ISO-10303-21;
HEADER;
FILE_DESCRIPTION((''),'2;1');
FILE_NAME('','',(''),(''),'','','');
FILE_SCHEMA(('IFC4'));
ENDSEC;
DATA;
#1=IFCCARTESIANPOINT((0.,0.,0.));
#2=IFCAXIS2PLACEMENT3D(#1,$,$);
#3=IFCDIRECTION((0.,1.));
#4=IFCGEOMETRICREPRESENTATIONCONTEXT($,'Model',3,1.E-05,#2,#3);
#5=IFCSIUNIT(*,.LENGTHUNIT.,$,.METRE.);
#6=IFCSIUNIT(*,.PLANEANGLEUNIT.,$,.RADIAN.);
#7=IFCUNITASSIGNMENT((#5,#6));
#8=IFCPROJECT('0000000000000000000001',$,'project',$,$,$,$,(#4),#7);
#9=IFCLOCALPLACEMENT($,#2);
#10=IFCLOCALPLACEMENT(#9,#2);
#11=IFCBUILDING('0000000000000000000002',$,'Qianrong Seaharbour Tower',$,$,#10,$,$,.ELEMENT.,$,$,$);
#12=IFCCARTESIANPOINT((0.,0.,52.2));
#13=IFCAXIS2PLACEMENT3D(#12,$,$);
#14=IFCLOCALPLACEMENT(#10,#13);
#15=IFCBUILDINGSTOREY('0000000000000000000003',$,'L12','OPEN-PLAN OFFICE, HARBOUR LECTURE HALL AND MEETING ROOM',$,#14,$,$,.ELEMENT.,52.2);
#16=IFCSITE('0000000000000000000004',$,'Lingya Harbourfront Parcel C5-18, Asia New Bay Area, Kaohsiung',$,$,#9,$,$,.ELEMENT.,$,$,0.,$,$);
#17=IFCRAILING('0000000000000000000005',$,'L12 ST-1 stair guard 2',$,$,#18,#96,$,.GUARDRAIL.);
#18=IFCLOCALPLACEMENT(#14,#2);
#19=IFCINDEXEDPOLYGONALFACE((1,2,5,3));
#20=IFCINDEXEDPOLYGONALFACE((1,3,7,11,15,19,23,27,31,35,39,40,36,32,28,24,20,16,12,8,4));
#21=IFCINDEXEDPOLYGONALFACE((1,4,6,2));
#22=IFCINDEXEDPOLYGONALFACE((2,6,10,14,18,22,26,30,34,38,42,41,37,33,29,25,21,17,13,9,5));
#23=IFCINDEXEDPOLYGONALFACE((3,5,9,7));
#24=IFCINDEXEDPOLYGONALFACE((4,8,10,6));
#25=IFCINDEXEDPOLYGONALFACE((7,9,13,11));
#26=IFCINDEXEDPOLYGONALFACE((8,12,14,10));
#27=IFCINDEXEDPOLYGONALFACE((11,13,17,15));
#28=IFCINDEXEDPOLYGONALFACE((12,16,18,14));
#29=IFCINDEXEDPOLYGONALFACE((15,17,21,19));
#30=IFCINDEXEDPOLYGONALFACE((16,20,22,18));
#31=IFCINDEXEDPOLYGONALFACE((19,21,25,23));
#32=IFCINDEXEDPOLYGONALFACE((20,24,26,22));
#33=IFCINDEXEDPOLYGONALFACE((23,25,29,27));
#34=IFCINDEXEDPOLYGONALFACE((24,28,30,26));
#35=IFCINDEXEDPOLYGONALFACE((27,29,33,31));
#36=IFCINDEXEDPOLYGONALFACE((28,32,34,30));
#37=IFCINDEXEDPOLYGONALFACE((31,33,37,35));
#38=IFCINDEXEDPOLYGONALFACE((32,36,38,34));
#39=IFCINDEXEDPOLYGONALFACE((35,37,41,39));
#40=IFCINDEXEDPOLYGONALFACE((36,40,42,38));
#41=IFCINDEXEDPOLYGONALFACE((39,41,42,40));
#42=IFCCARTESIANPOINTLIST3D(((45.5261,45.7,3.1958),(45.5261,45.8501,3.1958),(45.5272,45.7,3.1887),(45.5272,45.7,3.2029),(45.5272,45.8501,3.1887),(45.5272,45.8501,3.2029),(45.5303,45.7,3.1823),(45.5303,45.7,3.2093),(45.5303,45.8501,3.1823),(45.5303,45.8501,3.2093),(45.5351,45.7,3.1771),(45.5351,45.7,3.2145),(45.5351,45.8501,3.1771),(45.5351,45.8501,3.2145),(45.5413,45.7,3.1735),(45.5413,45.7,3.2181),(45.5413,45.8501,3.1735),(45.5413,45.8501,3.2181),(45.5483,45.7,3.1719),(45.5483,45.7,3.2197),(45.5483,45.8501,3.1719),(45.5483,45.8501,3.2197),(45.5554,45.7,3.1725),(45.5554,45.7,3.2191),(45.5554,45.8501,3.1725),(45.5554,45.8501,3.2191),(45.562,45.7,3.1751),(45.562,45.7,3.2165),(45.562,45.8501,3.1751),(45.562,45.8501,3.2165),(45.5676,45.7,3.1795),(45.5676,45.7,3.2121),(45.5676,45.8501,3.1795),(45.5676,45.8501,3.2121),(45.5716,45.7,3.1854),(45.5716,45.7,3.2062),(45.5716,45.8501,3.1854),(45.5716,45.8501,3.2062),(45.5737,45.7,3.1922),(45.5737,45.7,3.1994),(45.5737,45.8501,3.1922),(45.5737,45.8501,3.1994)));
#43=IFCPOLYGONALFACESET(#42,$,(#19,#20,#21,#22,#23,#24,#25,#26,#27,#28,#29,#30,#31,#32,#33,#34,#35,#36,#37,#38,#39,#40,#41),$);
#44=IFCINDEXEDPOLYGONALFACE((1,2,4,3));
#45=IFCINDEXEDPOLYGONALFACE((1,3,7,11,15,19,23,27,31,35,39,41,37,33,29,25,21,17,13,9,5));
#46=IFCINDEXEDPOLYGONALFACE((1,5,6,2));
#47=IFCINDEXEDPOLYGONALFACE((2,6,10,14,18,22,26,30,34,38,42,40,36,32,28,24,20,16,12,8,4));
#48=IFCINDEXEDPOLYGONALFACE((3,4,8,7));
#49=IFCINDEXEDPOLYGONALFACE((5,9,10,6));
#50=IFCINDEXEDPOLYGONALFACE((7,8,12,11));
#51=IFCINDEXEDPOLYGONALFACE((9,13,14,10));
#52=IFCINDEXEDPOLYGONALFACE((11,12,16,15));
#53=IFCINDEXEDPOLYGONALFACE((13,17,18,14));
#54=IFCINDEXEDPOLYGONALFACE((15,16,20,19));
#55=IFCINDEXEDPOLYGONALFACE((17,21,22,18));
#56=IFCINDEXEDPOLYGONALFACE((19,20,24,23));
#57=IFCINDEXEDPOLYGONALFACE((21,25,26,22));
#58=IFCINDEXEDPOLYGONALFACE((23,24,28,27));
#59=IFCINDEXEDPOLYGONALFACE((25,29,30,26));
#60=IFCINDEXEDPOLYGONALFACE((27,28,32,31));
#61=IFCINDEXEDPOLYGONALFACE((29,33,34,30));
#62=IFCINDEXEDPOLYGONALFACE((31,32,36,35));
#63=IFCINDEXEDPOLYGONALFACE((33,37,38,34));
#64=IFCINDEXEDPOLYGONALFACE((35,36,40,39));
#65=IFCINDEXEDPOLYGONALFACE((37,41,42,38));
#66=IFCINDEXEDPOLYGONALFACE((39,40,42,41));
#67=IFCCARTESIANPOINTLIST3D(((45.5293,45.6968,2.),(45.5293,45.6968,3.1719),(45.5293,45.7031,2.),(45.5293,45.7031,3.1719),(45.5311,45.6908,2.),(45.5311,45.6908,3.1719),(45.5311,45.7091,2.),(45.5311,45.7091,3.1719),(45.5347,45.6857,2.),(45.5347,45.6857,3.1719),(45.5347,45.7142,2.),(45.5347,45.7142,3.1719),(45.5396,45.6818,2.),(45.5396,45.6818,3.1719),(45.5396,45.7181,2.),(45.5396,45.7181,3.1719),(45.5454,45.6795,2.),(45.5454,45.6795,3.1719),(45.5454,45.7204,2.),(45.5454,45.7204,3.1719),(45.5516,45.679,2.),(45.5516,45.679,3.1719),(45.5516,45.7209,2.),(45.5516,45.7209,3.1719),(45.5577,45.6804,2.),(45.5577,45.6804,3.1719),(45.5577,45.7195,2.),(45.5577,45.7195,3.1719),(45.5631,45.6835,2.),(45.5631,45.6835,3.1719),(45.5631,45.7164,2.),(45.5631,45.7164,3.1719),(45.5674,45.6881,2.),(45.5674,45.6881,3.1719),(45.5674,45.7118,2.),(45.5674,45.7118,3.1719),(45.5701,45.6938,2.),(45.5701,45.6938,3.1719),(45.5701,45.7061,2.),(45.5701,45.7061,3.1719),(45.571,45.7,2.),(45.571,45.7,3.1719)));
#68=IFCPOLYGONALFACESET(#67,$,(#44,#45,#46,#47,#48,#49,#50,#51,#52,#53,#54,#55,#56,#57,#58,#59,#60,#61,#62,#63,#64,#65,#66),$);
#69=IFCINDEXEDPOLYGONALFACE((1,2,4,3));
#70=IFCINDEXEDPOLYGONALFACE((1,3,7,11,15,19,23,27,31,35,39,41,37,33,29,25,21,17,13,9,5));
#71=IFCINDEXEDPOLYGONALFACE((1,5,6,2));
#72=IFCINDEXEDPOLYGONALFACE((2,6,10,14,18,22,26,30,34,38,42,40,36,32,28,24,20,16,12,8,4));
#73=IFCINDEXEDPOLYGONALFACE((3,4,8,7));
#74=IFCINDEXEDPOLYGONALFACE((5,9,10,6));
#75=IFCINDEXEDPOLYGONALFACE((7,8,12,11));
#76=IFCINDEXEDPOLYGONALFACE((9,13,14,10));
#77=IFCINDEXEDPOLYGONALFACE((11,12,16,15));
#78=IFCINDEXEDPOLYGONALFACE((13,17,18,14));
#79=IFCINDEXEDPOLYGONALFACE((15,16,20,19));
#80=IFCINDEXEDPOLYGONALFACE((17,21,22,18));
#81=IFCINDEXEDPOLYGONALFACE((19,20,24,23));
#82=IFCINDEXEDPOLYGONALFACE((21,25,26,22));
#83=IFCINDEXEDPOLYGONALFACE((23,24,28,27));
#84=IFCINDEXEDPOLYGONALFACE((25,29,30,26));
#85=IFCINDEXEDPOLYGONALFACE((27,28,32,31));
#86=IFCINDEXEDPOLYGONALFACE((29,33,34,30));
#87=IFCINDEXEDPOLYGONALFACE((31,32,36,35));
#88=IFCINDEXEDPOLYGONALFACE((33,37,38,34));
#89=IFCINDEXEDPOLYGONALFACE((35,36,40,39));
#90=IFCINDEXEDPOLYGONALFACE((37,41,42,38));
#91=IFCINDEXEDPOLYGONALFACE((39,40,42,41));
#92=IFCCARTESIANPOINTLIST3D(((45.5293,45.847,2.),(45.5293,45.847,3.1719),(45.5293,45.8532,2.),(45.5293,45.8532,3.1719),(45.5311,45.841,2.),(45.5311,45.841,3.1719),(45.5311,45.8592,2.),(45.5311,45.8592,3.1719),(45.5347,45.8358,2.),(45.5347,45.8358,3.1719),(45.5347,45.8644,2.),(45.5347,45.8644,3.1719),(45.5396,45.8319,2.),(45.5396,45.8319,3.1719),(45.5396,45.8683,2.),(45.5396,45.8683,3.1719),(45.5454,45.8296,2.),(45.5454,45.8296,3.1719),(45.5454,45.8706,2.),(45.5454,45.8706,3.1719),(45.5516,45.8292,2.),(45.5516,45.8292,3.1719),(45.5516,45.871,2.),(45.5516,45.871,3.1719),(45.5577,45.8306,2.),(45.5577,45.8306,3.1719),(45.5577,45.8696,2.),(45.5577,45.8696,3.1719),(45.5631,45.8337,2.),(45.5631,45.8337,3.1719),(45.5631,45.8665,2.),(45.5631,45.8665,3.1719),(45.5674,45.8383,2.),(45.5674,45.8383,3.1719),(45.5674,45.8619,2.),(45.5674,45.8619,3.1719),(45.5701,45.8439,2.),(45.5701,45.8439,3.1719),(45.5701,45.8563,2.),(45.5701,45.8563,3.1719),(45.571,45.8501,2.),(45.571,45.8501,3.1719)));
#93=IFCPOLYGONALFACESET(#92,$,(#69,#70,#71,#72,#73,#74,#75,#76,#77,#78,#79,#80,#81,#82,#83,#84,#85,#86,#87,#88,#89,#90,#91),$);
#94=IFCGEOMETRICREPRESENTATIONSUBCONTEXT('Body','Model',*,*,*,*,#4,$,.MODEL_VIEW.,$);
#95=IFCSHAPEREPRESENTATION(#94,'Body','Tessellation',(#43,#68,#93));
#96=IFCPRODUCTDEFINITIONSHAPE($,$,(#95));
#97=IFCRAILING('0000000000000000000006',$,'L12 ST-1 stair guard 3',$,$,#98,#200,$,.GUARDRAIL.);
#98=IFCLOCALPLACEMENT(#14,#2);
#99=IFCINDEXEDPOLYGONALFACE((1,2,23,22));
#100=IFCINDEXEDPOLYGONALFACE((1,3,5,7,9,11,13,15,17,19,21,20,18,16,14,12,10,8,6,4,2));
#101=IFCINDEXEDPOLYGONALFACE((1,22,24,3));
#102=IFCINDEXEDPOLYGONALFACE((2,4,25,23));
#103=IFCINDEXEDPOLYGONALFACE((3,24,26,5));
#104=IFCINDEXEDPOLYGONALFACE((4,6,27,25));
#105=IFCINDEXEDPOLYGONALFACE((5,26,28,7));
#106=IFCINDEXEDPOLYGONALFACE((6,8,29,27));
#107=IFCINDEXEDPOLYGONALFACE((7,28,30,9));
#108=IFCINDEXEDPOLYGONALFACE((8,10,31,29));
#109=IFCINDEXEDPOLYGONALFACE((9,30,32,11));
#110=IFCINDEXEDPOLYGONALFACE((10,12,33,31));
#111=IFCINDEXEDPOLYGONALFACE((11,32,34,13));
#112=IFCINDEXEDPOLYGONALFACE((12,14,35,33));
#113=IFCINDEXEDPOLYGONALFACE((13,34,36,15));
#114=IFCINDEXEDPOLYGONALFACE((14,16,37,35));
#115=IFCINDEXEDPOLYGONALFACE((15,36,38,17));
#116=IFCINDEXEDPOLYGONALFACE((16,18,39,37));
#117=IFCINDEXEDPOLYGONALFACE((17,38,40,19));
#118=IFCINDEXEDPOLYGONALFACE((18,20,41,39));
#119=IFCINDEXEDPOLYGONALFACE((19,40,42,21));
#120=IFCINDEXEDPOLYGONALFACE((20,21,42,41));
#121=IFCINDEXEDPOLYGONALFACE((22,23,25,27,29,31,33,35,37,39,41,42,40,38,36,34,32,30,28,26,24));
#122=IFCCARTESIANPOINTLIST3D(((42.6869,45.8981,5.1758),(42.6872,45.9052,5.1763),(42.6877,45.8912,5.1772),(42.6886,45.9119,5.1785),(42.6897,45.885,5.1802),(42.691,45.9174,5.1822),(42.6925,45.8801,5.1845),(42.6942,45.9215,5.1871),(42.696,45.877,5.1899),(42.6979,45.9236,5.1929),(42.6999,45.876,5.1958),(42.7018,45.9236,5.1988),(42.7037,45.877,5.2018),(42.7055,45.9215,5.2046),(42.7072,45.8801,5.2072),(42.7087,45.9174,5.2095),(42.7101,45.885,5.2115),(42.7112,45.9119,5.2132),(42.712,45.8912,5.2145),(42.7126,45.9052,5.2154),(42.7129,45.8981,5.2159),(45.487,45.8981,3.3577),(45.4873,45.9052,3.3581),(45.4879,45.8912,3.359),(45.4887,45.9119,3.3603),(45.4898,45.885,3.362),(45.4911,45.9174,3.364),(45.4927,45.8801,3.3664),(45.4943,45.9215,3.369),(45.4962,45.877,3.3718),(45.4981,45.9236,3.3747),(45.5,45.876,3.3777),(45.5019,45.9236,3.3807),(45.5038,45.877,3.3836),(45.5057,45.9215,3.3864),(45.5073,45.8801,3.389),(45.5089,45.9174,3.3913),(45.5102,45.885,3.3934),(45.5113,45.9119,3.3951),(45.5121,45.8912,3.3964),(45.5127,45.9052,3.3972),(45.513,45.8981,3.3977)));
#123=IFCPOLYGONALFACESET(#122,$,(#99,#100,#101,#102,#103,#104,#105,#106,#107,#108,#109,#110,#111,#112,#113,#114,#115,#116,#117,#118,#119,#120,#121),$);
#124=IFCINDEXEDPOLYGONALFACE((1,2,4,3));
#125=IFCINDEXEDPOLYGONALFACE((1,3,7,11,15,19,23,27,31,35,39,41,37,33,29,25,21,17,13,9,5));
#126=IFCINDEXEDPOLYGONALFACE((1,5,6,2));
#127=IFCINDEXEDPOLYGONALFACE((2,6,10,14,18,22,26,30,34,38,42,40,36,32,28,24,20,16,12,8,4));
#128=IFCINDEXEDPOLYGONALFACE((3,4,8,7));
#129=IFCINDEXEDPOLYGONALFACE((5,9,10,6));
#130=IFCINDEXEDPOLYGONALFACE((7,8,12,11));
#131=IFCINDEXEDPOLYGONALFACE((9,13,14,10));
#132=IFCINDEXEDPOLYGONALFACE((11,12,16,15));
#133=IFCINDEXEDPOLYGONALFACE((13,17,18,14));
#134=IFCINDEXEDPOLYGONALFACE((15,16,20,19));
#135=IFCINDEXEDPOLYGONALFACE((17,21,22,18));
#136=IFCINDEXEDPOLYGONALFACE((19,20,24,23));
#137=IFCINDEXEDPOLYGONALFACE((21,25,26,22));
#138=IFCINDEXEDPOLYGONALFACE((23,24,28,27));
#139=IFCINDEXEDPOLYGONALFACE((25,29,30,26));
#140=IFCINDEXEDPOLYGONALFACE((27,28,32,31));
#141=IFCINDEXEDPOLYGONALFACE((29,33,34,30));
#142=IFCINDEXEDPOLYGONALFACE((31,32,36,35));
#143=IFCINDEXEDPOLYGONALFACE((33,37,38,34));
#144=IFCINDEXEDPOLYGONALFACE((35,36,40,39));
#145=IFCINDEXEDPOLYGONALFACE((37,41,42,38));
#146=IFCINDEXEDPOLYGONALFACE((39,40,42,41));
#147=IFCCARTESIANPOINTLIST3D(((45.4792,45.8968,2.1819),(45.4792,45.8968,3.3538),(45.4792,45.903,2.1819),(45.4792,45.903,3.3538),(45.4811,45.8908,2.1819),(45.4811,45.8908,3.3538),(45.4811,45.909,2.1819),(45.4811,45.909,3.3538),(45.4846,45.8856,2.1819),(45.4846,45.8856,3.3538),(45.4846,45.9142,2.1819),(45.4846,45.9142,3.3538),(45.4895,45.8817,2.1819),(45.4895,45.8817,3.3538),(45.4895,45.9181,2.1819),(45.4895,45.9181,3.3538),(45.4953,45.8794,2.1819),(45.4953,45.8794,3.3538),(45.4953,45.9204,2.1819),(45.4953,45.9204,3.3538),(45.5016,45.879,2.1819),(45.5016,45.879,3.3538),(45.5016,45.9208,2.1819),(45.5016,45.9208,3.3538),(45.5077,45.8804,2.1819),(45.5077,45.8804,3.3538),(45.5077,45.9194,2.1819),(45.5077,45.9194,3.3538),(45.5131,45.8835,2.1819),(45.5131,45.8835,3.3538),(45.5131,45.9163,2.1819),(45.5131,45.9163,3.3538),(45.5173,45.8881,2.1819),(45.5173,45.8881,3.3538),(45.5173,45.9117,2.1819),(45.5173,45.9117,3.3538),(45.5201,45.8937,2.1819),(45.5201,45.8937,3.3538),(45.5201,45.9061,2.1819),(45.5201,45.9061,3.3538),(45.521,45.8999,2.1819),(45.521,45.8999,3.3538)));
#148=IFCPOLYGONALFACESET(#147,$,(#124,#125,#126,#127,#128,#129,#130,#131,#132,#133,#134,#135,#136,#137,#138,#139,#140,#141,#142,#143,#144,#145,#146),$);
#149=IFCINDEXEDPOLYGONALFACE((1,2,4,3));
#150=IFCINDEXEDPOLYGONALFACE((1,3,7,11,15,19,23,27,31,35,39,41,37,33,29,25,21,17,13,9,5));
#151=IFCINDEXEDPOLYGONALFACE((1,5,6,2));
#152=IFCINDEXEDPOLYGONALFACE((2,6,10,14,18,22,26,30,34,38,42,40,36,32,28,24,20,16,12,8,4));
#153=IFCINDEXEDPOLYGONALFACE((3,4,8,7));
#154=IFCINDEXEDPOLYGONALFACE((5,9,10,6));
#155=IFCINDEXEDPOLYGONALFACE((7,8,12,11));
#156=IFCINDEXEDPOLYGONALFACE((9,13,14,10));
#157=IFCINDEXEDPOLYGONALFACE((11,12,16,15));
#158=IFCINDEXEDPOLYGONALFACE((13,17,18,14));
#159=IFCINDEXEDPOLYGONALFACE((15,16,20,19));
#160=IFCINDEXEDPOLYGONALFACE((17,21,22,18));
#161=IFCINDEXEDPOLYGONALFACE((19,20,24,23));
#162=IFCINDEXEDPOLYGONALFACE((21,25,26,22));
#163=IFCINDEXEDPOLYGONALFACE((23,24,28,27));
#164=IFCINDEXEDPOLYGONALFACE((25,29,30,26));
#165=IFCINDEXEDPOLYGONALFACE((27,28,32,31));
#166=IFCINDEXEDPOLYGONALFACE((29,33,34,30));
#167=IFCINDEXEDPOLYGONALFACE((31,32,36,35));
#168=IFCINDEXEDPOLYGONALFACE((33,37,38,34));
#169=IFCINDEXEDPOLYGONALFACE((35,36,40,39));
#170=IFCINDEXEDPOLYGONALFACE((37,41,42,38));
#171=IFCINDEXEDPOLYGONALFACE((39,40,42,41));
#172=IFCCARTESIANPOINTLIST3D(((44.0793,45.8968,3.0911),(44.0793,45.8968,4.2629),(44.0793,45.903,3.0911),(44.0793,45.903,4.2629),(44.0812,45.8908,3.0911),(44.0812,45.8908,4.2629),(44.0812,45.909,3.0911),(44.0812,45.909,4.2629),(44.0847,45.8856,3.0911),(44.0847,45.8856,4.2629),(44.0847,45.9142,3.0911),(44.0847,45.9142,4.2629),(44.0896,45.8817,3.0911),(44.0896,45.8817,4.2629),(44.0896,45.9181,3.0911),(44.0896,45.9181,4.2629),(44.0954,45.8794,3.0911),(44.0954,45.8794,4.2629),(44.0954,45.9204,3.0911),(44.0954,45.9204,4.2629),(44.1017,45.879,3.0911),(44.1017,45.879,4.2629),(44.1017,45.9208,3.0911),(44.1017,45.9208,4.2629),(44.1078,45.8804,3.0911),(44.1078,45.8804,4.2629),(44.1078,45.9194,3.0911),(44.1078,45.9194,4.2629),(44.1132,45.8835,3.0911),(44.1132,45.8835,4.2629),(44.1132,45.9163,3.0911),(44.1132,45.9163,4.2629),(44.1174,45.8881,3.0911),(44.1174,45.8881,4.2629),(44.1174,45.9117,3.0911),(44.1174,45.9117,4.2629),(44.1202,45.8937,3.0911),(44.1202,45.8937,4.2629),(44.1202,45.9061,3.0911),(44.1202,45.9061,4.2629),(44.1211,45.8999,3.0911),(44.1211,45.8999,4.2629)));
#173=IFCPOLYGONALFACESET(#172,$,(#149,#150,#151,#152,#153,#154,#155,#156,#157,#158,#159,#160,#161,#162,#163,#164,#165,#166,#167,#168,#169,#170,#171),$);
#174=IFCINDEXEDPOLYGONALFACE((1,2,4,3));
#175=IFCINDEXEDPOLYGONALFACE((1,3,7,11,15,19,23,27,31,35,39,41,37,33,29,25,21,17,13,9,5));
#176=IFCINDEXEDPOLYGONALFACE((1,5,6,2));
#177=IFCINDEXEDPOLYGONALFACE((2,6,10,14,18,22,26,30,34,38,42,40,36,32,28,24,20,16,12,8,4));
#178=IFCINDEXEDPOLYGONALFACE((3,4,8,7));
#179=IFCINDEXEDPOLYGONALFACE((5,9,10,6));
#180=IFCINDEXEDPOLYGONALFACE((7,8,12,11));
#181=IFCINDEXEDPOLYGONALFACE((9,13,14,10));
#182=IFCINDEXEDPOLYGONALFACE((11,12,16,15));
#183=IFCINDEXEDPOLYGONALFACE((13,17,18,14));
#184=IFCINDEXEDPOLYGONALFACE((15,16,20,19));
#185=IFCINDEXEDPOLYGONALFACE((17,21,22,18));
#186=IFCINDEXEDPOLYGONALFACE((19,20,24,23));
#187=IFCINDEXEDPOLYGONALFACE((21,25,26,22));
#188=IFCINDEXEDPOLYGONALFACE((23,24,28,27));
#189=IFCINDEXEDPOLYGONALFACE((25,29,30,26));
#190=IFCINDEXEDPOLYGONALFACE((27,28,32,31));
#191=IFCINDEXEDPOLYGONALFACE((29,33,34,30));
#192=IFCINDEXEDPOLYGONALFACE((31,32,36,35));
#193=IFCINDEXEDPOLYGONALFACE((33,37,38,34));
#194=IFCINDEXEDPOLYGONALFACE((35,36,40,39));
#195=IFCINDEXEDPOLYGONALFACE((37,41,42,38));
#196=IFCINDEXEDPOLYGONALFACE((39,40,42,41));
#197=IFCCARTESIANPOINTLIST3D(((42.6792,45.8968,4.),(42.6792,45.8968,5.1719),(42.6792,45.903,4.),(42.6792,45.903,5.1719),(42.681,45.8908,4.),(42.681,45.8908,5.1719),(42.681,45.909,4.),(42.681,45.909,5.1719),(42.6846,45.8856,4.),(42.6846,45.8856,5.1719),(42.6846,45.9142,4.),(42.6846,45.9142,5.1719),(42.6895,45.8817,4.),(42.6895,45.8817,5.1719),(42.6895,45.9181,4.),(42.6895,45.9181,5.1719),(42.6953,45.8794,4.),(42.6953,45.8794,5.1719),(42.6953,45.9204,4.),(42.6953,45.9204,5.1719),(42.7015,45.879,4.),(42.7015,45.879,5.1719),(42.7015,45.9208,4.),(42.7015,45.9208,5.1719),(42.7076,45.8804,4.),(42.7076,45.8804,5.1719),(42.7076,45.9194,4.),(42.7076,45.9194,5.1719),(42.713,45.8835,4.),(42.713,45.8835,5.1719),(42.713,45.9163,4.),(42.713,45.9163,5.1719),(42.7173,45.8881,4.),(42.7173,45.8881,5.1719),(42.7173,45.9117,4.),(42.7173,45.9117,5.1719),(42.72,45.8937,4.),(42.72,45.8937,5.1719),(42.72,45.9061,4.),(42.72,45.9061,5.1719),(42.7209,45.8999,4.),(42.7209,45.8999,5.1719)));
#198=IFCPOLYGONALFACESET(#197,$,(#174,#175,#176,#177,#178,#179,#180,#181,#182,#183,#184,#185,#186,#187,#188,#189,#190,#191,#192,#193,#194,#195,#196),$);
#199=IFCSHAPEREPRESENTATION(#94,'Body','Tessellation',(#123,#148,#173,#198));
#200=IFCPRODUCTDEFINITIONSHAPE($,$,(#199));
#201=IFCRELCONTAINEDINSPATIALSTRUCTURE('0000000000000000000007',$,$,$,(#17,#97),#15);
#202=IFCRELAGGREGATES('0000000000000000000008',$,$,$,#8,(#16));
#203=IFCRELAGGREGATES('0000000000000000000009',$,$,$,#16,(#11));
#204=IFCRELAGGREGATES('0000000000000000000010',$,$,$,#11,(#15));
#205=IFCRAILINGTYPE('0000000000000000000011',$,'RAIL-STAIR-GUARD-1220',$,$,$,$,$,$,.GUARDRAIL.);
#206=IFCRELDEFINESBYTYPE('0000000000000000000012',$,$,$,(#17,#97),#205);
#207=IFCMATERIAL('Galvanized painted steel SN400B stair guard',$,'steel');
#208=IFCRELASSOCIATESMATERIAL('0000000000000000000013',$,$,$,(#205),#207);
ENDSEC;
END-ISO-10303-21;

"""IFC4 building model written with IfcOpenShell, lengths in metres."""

from ifc_helpers import new_model, si_unit, direction, frame, origin, origin_2d, place, context, subcontext, project, spatial, circle, extrude, material, type_object, element, save


model = new_model("IFC4")

# Units and contexts
model_context = context("Model", 3, precision=1e-05, world=origin(), true_north=direction((0.0, 1.0)))
body_context = subcontext(model_context, "Body", "Model", "MODEL_VIEW")
ifc_project = project(units=[si_unit("LENGTHUNIT", "METRE"), si_unit("PLANEANGLEUNIT", "RADIAN")], contexts=[model_context])

# Site, building, storey
site_placement = place(None, origin())
site = spatial("IfcSite", under=ifc_project, at=site_placement, Name="Lingya Harbourfront Parcel C5-18, Asia New Bay Area, Kaohsiung", CompositionType="ELEMENT", RefElevation=0.0)
building_placement = place(site_placement, origin())
building = spatial("IfcBuilding", under=site, at=building_placement, Name="Qianrong Seaharbour Tower", CompositionType="ELEMENT")
storey_placement = place(building_placement, frame((0.0, 0.0, 52.2)))
storey = spatial("IfcBuildingStorey", under=building, at=storey_placement, Name="L12", Description="OPEN-PLAN OFFICE, HARBOUR LECTURE HALL AND MEETING ROOM", CompositionType="ELEMENT", Elevation=52.2)

# Railings
ifc_material_1 = material(Name="Galvanized painted steel SN400B stair guard", Category="steel")
railing_type_1 = type_object("IfcRailingType", Name="RAIL-STAIR-GUARD-1220", PredefinedType="GUARDRAIL", material=ifc_material_1)
railing_1_placement = place(storey_placement, frame((45.55, 45.7, 2.0)))
element("IfcRailing", 1, at=railing_1_placement, inside=storey, type_object=railing_type_1, Name="L12 ST-1 stair guard 2", PredefinedType="GUARDRAIL", context=body_context, shape_type="SweptSolid", body=[
    extrude(circle(Radius=0.0239, at=origin_2d()), frame((0.0, 0.0, 1.1958), z_axis=(0.0, 1.0, 0.0), x_axis=(-1.0, 0.0, 0.0)), (0.0, 0.0, 1.0), 0.1501),
    extrude(circle(Radius=0.021, at=origin_2d()), origin(), (0.0, 0.0, 1.0), 1.1719),
    extrude(circle(Radius=0.021, at=origin_2d()), frame((0.0, 0.1501, 0.0)), (0.0, 0.0, 1.0), 1.1719),
])
railing_2_placement = place(storey_placement, frame((45.5, 45.8999, 2.1819)))
element("IfcRailing", 2, at=railing_2_placement, inside=storey, type_object=railing_type_1, Name="L12 ST-1 stair guard 3", PredefinedType="GUARDRAIL", context=body_context, shape_type="SweptSolid", body=[
    extrude(circle(Radius=0.0239, at=origin_2d()), frame((0.0, 0.0, 1.1958), z_axis=(-0.838706, 0.0, 0.544585), x_axis=(0.0, -1.0, 0.0)), (0.0, 0.0, 1.0), 3.3386),
    extrude(circle(Radius=0.021, at=origin_2d()), origin(), (0.0, 0.0, 1.0), 1.1719),
    extrude(circle(Radius=0.021, at=origin_2d()), frame((-1.3999, 0.0, 0.9092)), (0.0, 0.0, 1.0), 1.1719),
    extrude(circle(Radius=0.021, at=origin_2d()), frame((-2.8, 0.0, 1.8181)), (0.0, 0.0, 1.0), 1.1719),
])

save(model, "model.ifc")
